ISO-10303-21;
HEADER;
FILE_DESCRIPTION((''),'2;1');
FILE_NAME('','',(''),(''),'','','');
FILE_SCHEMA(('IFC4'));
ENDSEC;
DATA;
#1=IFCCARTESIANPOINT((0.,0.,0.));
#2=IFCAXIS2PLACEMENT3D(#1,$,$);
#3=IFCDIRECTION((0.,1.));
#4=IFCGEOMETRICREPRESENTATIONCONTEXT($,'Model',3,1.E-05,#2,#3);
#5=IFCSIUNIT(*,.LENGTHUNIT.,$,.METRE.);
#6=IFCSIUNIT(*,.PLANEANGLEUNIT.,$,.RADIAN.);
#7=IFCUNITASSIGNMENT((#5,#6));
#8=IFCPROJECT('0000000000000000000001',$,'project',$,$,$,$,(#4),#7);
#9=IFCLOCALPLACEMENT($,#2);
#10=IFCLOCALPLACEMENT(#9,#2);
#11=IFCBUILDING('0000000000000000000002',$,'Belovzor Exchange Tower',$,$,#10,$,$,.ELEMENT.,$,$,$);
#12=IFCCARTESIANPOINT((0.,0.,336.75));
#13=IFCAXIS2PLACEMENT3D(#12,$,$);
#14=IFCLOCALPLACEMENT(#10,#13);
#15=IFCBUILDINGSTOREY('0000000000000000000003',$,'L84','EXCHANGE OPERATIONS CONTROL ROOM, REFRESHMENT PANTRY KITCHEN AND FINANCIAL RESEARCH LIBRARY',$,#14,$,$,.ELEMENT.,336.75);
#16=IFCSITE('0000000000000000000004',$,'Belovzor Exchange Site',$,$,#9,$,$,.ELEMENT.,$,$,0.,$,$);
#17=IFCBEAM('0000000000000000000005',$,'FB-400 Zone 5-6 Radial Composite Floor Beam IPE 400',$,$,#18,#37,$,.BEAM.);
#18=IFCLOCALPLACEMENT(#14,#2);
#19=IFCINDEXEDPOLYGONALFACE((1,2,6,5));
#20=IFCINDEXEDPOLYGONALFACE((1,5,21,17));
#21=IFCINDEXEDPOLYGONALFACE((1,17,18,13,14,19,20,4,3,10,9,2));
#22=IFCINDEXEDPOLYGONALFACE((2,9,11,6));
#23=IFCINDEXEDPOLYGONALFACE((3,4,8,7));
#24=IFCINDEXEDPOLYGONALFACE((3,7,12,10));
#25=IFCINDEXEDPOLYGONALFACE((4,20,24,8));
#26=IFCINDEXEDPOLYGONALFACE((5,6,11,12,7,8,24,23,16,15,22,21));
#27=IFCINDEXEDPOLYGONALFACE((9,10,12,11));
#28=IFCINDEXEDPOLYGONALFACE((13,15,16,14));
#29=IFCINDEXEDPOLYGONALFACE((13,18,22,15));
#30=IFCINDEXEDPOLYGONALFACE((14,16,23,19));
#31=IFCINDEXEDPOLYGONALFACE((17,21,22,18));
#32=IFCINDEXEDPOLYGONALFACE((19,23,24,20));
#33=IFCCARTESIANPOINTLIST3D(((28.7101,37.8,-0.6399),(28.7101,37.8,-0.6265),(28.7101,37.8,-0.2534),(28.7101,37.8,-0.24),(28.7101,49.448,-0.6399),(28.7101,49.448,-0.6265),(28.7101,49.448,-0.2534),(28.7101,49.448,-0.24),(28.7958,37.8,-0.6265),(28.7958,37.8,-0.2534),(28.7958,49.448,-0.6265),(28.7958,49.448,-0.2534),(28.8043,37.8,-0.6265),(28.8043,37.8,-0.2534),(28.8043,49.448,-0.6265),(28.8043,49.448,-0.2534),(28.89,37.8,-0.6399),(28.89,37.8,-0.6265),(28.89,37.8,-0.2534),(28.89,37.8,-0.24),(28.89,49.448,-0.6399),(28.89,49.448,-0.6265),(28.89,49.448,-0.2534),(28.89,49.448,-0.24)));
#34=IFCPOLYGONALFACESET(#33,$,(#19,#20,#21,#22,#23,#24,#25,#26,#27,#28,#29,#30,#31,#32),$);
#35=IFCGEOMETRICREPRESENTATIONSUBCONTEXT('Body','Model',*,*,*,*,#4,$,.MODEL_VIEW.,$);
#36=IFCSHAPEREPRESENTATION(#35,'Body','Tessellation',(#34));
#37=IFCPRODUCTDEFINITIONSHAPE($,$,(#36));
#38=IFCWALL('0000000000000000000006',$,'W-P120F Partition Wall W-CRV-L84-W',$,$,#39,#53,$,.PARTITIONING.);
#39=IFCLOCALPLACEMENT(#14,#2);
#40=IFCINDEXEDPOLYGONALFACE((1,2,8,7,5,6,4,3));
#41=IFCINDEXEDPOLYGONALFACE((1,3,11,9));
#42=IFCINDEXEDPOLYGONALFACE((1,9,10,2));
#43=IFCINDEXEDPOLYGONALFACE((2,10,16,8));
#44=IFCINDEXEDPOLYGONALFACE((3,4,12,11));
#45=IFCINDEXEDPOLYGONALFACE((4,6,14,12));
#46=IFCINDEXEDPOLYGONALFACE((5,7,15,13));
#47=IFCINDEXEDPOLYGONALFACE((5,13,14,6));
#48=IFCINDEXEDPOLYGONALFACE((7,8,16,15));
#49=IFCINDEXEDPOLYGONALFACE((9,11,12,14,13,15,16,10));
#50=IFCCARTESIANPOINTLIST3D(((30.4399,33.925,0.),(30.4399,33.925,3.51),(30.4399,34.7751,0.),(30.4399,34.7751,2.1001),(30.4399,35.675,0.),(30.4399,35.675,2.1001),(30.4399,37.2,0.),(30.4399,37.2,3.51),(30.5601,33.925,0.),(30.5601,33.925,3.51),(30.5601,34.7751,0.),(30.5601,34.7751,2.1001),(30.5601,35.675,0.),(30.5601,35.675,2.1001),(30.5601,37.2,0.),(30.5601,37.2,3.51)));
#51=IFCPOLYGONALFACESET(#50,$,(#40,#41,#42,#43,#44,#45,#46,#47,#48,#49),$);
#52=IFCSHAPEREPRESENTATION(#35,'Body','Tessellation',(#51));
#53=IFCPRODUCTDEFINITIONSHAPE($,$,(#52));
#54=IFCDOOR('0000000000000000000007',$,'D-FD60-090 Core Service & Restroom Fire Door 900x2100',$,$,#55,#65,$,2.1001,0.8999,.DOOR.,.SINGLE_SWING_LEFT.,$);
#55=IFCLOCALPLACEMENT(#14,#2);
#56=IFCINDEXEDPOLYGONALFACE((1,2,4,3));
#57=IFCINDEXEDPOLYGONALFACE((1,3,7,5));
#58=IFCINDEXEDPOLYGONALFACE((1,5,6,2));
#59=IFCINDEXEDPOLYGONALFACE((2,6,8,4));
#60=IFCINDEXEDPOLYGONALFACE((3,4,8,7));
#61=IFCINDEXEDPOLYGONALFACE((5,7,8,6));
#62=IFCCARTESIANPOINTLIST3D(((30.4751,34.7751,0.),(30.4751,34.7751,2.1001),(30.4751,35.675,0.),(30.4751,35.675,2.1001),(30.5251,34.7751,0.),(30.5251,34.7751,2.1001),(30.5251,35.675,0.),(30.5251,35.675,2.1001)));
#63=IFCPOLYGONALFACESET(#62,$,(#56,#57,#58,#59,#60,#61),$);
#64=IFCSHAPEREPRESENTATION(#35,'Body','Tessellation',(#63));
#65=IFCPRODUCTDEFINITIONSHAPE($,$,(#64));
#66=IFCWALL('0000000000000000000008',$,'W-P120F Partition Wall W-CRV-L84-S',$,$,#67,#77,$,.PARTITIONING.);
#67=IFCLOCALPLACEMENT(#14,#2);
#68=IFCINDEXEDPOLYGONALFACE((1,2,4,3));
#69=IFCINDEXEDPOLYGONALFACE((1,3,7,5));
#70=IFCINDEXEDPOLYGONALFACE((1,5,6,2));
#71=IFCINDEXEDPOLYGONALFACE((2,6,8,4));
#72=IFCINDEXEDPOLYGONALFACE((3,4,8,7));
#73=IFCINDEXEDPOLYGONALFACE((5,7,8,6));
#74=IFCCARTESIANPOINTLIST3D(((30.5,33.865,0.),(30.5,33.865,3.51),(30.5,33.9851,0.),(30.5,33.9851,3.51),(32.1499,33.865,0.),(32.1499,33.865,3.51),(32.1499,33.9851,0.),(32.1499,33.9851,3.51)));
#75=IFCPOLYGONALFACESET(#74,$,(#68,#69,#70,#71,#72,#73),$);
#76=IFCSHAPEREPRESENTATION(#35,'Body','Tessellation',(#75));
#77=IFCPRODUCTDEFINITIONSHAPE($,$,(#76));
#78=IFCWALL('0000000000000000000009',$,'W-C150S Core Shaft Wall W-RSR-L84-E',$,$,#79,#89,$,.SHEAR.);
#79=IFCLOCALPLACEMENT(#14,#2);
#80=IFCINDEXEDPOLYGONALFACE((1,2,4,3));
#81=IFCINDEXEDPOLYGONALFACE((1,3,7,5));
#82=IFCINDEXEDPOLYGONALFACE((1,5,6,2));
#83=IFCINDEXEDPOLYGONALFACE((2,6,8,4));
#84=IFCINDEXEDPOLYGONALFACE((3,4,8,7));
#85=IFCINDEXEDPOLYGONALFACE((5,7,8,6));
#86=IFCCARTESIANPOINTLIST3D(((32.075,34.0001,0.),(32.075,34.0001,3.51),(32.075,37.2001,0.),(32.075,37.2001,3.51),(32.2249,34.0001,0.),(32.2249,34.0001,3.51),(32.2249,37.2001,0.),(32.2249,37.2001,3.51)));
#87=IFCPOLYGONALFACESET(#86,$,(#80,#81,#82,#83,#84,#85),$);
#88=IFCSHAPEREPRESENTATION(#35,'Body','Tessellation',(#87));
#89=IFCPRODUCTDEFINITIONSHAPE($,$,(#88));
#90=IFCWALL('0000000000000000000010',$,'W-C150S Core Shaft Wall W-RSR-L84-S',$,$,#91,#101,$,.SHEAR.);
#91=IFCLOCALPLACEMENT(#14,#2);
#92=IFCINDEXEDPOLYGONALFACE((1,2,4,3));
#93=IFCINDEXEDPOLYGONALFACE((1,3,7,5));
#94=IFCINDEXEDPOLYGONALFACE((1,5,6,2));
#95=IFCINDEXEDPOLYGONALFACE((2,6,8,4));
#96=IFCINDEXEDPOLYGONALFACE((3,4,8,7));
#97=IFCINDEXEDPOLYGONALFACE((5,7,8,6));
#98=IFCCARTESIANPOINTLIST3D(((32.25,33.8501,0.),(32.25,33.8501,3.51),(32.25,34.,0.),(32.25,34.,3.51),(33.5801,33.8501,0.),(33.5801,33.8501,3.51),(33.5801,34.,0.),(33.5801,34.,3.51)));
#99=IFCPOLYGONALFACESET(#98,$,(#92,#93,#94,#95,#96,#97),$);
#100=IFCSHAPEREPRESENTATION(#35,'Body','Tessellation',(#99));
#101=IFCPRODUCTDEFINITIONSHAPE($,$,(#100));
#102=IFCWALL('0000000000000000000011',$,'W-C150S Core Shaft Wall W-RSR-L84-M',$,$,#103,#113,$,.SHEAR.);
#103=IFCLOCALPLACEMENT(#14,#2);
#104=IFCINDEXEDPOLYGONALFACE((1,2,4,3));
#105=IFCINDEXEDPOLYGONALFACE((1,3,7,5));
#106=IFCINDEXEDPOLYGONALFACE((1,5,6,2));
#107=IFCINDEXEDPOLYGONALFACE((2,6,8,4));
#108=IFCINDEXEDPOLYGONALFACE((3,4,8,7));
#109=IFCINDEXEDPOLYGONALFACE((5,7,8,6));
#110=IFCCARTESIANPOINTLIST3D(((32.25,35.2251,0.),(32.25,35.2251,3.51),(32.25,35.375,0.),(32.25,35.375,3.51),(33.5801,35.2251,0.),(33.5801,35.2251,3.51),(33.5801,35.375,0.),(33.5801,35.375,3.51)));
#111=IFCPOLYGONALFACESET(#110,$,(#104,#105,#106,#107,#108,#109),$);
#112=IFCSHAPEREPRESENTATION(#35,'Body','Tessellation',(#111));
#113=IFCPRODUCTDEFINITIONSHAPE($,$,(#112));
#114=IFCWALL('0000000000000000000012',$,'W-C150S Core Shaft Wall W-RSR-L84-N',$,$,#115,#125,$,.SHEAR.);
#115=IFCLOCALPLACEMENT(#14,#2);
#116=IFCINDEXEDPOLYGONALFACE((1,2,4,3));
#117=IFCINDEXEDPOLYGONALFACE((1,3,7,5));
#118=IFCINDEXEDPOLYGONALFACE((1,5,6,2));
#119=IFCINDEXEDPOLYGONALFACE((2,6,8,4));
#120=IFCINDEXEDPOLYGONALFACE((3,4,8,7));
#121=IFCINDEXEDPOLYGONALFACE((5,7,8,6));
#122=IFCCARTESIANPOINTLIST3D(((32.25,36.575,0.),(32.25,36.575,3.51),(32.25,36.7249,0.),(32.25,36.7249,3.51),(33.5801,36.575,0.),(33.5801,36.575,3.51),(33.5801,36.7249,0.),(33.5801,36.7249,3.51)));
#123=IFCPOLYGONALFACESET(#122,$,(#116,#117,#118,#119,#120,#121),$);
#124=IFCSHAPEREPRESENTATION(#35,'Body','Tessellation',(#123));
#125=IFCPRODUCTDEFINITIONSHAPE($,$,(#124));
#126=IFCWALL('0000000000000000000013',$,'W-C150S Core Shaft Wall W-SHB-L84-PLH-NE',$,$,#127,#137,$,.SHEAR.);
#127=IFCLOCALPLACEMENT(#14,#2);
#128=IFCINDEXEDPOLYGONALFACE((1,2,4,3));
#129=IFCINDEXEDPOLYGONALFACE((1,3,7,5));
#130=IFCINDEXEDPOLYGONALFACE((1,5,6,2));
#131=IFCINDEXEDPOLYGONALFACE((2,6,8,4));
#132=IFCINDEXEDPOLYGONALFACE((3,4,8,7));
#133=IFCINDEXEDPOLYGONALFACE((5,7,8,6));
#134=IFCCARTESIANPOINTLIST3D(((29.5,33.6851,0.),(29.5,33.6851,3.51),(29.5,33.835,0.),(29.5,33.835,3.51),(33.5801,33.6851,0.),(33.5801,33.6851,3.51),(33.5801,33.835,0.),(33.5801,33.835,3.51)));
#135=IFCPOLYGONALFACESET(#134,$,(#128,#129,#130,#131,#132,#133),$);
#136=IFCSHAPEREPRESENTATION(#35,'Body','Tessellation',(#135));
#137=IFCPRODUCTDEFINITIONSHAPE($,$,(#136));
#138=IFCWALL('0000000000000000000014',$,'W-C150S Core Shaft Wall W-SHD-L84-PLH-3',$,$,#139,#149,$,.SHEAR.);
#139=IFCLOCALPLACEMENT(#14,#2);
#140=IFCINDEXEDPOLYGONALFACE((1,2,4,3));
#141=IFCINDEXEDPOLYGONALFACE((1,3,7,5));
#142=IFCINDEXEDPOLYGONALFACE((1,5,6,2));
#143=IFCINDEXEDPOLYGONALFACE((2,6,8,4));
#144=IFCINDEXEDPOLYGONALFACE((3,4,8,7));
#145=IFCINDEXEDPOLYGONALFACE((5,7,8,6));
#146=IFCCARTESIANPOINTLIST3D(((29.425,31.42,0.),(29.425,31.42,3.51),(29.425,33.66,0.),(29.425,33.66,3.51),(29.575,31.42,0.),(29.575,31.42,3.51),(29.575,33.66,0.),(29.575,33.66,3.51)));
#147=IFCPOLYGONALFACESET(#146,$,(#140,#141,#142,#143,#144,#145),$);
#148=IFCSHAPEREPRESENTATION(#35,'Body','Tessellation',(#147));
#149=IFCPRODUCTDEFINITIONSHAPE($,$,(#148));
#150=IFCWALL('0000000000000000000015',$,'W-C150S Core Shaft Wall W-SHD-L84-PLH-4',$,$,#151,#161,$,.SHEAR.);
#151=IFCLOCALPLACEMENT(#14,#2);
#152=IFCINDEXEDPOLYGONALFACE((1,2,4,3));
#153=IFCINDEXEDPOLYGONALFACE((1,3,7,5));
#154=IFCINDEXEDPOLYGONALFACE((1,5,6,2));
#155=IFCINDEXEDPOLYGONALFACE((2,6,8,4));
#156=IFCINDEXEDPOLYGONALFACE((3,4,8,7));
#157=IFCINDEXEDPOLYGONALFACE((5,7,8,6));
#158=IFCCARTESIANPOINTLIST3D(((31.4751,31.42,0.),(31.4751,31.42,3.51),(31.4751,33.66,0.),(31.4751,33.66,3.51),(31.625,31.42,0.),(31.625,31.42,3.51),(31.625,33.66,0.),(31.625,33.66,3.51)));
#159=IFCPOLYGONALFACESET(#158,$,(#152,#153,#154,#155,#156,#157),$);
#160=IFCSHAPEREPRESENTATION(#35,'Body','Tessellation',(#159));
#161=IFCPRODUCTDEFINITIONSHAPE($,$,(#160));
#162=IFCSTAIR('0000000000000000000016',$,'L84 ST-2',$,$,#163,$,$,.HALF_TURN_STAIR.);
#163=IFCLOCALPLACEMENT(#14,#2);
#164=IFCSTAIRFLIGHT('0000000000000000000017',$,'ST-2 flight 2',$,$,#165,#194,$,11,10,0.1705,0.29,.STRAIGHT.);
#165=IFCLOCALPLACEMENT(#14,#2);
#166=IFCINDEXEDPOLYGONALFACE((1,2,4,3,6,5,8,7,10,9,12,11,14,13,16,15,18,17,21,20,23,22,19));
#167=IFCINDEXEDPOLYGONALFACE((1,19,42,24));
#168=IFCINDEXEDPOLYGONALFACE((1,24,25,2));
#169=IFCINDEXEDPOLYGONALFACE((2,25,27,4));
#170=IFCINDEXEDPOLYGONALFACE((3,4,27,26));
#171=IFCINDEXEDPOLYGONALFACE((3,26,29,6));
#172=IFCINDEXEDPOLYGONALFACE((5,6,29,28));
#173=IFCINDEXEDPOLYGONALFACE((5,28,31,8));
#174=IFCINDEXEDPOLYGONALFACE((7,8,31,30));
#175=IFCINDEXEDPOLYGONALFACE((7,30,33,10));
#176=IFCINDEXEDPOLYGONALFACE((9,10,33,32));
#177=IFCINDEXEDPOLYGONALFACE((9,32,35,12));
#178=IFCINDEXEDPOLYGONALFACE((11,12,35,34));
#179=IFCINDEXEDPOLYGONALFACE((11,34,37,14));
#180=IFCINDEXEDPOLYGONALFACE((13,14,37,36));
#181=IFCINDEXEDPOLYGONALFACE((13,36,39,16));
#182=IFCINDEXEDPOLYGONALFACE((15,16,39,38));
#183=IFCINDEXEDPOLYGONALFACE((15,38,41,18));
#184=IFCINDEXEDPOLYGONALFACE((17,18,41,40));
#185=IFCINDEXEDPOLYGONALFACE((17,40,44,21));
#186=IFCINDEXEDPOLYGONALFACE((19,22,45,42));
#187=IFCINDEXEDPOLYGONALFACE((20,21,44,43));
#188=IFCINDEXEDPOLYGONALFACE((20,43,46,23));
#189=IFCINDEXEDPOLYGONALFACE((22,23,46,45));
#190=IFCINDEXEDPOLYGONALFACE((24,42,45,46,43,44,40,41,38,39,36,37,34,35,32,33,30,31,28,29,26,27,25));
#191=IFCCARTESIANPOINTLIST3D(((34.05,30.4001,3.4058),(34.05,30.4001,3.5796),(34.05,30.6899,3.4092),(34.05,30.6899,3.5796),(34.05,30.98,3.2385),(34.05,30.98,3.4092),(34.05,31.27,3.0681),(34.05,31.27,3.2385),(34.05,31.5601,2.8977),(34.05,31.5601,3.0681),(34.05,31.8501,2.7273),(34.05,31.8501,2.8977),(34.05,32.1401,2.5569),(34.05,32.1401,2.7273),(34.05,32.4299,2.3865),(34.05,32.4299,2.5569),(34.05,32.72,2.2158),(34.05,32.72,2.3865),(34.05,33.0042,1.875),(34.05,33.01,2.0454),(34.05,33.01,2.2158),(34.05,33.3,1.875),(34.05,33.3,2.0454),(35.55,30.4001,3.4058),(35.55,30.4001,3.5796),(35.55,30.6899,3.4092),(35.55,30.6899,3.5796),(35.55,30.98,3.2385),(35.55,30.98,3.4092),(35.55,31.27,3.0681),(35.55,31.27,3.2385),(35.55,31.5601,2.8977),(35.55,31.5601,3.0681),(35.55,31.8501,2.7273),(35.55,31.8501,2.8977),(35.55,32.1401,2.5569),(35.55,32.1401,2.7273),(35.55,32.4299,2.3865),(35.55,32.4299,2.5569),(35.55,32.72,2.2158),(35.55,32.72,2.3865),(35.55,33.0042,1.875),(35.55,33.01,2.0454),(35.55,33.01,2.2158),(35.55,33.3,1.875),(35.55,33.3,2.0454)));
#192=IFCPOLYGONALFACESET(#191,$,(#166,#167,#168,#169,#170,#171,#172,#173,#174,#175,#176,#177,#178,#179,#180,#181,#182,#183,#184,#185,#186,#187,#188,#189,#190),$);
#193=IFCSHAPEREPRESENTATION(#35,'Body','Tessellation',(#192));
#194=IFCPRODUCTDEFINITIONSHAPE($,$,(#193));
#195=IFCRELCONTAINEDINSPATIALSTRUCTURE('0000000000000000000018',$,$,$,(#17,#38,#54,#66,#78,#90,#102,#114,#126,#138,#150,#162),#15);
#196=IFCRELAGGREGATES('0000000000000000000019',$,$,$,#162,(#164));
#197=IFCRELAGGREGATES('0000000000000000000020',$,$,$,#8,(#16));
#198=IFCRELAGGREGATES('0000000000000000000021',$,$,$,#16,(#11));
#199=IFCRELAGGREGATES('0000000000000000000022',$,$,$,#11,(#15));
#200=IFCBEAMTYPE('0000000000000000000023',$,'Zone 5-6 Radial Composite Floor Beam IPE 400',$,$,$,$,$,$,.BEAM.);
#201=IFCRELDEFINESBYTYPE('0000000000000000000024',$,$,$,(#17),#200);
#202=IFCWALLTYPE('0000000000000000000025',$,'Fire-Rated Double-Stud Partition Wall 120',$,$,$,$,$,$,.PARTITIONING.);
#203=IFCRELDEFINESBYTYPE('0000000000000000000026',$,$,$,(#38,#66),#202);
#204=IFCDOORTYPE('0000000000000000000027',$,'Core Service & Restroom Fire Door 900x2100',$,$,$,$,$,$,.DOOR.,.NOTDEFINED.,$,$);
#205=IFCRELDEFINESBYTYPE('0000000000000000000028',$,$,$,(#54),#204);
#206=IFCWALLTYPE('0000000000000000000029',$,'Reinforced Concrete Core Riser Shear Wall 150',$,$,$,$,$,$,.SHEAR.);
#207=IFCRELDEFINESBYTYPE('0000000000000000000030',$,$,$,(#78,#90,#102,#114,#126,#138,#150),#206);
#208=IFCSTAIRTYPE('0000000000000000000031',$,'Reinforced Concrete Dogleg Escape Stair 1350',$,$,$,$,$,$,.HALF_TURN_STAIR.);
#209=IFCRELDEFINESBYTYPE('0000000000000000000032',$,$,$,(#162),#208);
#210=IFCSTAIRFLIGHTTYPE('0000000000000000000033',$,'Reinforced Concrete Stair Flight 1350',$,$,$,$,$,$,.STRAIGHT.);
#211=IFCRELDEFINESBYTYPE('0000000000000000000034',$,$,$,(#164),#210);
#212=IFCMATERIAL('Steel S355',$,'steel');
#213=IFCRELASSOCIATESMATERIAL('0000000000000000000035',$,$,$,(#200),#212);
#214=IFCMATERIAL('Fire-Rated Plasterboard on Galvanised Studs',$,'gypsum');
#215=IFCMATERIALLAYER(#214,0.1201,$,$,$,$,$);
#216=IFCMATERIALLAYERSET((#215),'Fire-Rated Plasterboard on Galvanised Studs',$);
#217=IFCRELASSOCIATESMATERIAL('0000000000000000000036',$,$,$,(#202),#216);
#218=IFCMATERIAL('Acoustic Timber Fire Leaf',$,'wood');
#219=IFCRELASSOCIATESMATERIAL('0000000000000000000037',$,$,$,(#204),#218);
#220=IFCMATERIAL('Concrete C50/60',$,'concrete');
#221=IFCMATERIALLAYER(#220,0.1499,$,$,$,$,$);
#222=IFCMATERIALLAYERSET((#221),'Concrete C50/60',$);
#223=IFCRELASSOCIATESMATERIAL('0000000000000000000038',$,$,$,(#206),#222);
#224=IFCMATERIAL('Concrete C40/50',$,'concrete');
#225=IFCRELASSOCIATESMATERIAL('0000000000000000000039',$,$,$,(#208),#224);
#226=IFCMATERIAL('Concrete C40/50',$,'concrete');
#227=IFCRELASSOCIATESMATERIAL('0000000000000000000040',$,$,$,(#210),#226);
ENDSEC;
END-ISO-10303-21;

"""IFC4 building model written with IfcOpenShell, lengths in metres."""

from ifc_helpers import new_model, si_unit, direction, frame, frame_2d, origin, origin_2d, place, context, subcontext, project, spatial, polyline, rectangle, i_section, outline, extrude, material, layer, layer_set, material_profile, profile_set, type_object, element, fill, aggregate, save


model = new_model("IFC4")

# Units and contexts
model_context = context("Model", 3, precision=1e-05, world=origin(), true_north=direction((0.0, 1.0)))
body_context = subcontext(model_context, "Body", "Model", "MODEL_VIEW")
ifc_project = project(units=[si_unit("LENGTHUNIT", "METRE"), si_unit("PLANEANGLEUNIT", "RADIAN")], contexts=[model_context])

# Site, building, storey
site_placement = place(None, origin())
site = spatial("IfcSite", under=ifc_project, at=site_placement, Name="Belovzor Exchange Site", CompositionType="ELEMENT", RefElevation=0.0)
building_placement = place(site_placement, origin())
building = spatial("IfcBuilding", under=site, at=building_placement, Name="Belovzor Exchange Tower", CompositionType="ELEMENT")
storey_placement = place(building_placement, frame((0.0, 0.0, 336.75)))
storey = spatial("IfcBuildingStorey", under=building, at=storey_placement, Name="L84", Description="EXCHANGE OPERATIONS CONTROL ROOM, REFRESHMENT PANTRY KITCHEN AND FINANCIAL RESEARCH LIBRARY", CompositionType="ELEMENT", Elevation=336.75)

# Beam
ifc_material_1 = material(Name="Steel S355", Category="steel")
ifc_material_profile = material_profile(ifc_material_1, i_section(OverallWidth=0.1799, OverallDepth=0.3999, WebThickness=0.0085, FlangeThickness=0.0134, at=origin_2d()))
ifc_profile_set = profile_set([ifc_material_profile], Name="Steel S355")
beam_type = type_object("IfcBeamType", Name="Zone 5-6 Radial Composite Floor Beam IPE 400", PredefinedType="BEAM", material=ifc_profile_set)
beam_placement = place(storey_placement, frame((28.8, 37.8, -0.4399), z_axis=(0.0, 1.0, 0.0), x_axis=(-1.0, 0.0, 0.0)))
element("IfcBeam", 1, at=beam_placement, inside=storey, type_object=beam_type, Name="FB-400 Zone 5-6 Radial Composite Floor Beam IPE 400", PredefinedType="BEAM", context=body_context, shape_type="SweptSolid", body=[
    extrude(i_section(OverallWidth=0.1799, OverallDepth=0.3999, WebThickness=0.0085, FlangeThickness=0.0134, at=origin_2d()), origin(), (0.0, 0.0, 1.0), 11.6479),
])

# Wall, opening, door
ifc_material_2 = material(Name="Fire-Rated Plasterboard on Galvanised Studs", Category="gypsum")
ifc_layer_1 = layer(ifc_material_2, 0.1201)
ifc_layer_set_1 = layer_set([ifc_layer_1], Name="Fire-Rated Plasterboard on Galvanised Studs")
wall_type_1 = type_object("IfcWallType", Name="Fire-Rated Double-Stud Partition Wall 120", PredefinedType="PARTITIONING", material=ifc_layer_set_1)
wall_1_placement = place(storey_placement, frame((30.5, 33.925, 0.0), z_axis=(0.0, 0.0, 1.0), x_axis=(0.0, 1.0, 0.0)))
wall_1 = element("IfcWall", 2, at=wall_1_placement, inside=storey, type_object=wall_type_1, Name="W-P120F Partition Wall W-CRV-L84-W", PredefinedType="PARTITIONING", context=body_context, shape_type="SweptSolid", body=[
    extrude(rectangle(XDim=3.2749, YDim=0.1201, at=frame_2d((1.6375, 0.0))), origin(), (0.0, 0.0, 1.0), 3.51),
])
opening_1_placement = place(wall_1_placement, frame((0.8501, 0.0, 0.0)))
opening_1 = element("IfcOpeningElement", 3, at=opening_1_placement, cuts=wall_1, PredefinedType="OPENING", context=body_context, shape_type="SweptSolid", body=[
    extrude(rectangle(XDim=0.8999, YDim=2.1001, at=frame_2d((0.45, 1.05))), frame((0.0, 0.0701, 0.0), z_axis=(0.0, -1.0, 0.0), x_axis=(1.0, 0.0, 0.0)), (0.0, 0.0, 1.0), 0.1401),
])
ifc_material_3 = material(Name="Acoustic Timber Fire Leaf", Category="wood")
door_type_1 = type_object("IfcDoorType", Name="Core Service & Restroom Fire Door 900x2100", OperationType="NOTDEFINED", PredefinedType="DOOR", material=ifc_material_3)
door_1_placement = place(opening_1_placement, origin())
door_1 = element("IfcDoor", 4, at=door_1_placement, inside=storey, type_object=door_type_1, Name="D-FD60-090 Core Service & Restroom Fire Door 900x2100", OperationType="SINGLE_SWING_LEFT", OverallHeight=2.1001, OverallWidth=0.8999, PredefinedType="DOOR", context=body_context, shape_type="SweptSolid", body=[
    extrude(rectangle(XDim=0.8999, YDim=2.1001, at=frame_2d((0.45, 1.05))), frame((0.0, 0.0249, 0.0), z_axis=(0.0, -1.0, 0.0), x_axis=(1.0, 0.0, 0.0)), (0.0, 0.0, 1.0), 0.05),
])
fill(opening_1, door_1)

# Walls
wall_2_placement = place(storey_placement, frame((30.5, 33.925, 0.0), z_axis=(0.0, 0.0, 1.0), x_axis=(1.0, 0.0, 0.0)))
element("IfcWall", 5, at=wall_2_placement, inside=storey, type_object=wall_type_1, Name="W-P120F Partition Wall W-CRV-L84-S", PredefinedType="PARTITIONING", context=body_context, shape_type="SweptSolid", body=[
    extrude(rectangle(XDim=1.6499, YDim=0.1201, at=frame_2d((0.825, 0.0))), origin(), (0.0, 0.0, 1.0), 3.51),
])
ifc_material_4 = material(Name="Concrete C50/60", Category="concrete")
ifc_layer_2 = layer(ifc_material_4, 0.1499)
ifc_layer_set_2 = layer_set([ifc_layer_2], Name="Concrete C50/60")
wall_type_2 = type_object("IfcWallType", Name="Reinforced Concrete Core Riser Shear Wall 150", PredefinedType="SHEAR", material=ifc_layer_set_2)
wall_3_placement = place(storey_placement, frame((32.1499, 34.0, 0.0), z_axis=(0.0, 0.0, 1.0), x_axis=(0.0, 1.0, 0.0)))
element("IfcWall", 6, at=wall_3_placement, inside=storey, type_object=wall_type_2, Name="W-C150S Core Shaft Wall W-RSR-L84-E", PredefinedType="SHEAR", context=body_context, shape_type="SweptSolid", body=[
    extrude(rectangle(XDim=3.2, YDim=0.1499, at=frame_2d((1.6001, 0.0))), origin(), (0.0, 0.0, 1.0), 3.51),
])
for number, where, z_axis, x_axis, name in (
    (7, (32.25, 33.925, 0.0), (0.0, 0.0, 1.0), (1.0, 0.0, 0.0), "W-C150S Core Shaft Wall W-RSR-L84-S"),
    (8, (32.25, 35.3, 0.0), (0.0, 0.0, 1.0), (1.0, 0.0, 0.0), "W-C150S Core Shaft Wall W-RSR-L84-M"),
    (9, (32.25, 36.6499, 0.0), (0.0, 0.0, 1.0), (1.0, 0.0, 0.0), "W-C150S Core Shaft Wall W-RSR-L84-N"),
):
    element("IfcWall", number, at=place(storey_placement, frame(where, z_axis=z_axis, x_axis=x_axis)), inside=storey, type_object=wall_type_2, Name=name, PredefinedType="SHEAR", context=body_context, shape_type="SweptSolid", body=[
        extrude(rectangle(XDim=1.3301, YDim=0.1499, at=frame_2d((0.665, 0.0))), origin(), (0.0, 0.0, 1.0), 3.51),
    ])
wall_4_placement = place(storey_placement, frame((29.5, 33.76, 0.0), z_axis=(0.0, 0.0, 1.0), x_axis=(1.0, 0.0, 0.0)))
element("IfcWall", 10, at=wall_4_placement, inside=storey, type_object=wall_type_2, Name="W-C150S Core Shaft Wall W-SHB-L84-PLH-NE", PredefinedType="SHEAR", context=body_context, shape_type="SweptSolid", body=[
    extrude(rectangle(XDim=4.0801, YDim=0.1499, at=frame_2d((2.04, 0.0))), origin(), (0.0, 0.0, 1.0), 3.51),
])
for number, where, z_axis, x_axis, name in (
    (11, (29.5, 31.4199, 0.0), (0.0, 0.0, 1.0), (0.0, 1.0, 0.0), "W-C150S Core Shaft Wall W-SHD-L84-PLH-3"),
    (12, (31.55, 31.4199, 0.0), (0.0, 0.0, 1.0), (0.0, 1.0, 0.0), "W-C150S Core Shaft Wall W-SHD-L84-PLH-4"),
):
    element("IfcWall", number, at=place(storey_placement, frame(where, z_axis=z_axis, x_axis=x_axis)), inside=storey, type_object=wall_type_2, Name=name, PredefinedType="SHEAR", context=body_context, shape_type="SweptSolid", body=[
        extrude(rectangle(XDim=2.24, YDim=0.1499, at=frame_2d((1.1201, 0.0))), origin(), (0.0, 0.0, 1.0), 3.51),
    ])

# Stair, stair flight
ifc_material_5 = material(Name="Concrete C40/50", Category="concrete")
stair_type = type_object("IfcStairType", Name="Reinforced Concrete Dogleg Escape Stair 1350", PredefinedType="HALF_TURN_STAIR", material=ifc_material_5)
stair_placement = place(storey_placement, origin())
stair = element("IfcStair", 13, at=stair_placement, inside=storey, type_object=stair_type, Name="L84 ST-2", PredefinedType="HALF_TURN_STAIR")
ifc_material_6 = material(Name="Concrete C40/50", Category="concrete")
stair_flight_type = type_object("IfcStairFlightType", Name="Reinforced Concrete Stair Flight 1350", PredefinedType="STRAIGHT", material=ifc_material_6)
stair_flight_placement = place(storey_placement, frame((34.8, 33.3, 1.875), z_axis=(0.0, 0.0, 1.0), x_axis=(0.0, -1.0, 0.0)))
stair_flight = element("IfcStairFlight", 14, at=stair_flight_placement, type_object=stair_flight_type, Name="ST-2 flight 2", NumberOfRisers=11, NumberOfTreads=10, PredefinedType="STRAIGHT", RiserHeight=0.1705, TreadLength=0.29, context=body_context, shape_type="SweptSolid", body=[
    extrude(outline(polyline([(0.0, 0.0), (0.0, 0.1704), (0.29, 0.1704), (0.29, 0.3408), (0.5801, 0.3408), (0.5801, 0.5115), (0.8701, 0.5115), (0.8701, 0.6819), (1.1599, 0.6819), (1.1599, 0.8523), (1.45, 0.8523), (1.45, 1.0227), (1.74, 1.0227), (1.74, 1.1931), (2.03, 1.1931), (2.03, 1.3635), (2.3201, 1.3635), (2.3201, 1.5342), (2.6101, 1.5342), (2.6101, 1.7046), (2.8999, 1.7046), (2.8999, 1.875), (2.8999, 1.5308), (0.2959, 0.0), (0.0, 0.0)])), frame((0.0, 0.75, 0.0), z_axis=(0.0, -1.0, 0.0), x_axis=(1.0, 0.0, 0.0)), (0.0, 0.0, 1.0), 1.5),
])
aggregate(stair, [stair_flight])

save(model, "model.ifc")
